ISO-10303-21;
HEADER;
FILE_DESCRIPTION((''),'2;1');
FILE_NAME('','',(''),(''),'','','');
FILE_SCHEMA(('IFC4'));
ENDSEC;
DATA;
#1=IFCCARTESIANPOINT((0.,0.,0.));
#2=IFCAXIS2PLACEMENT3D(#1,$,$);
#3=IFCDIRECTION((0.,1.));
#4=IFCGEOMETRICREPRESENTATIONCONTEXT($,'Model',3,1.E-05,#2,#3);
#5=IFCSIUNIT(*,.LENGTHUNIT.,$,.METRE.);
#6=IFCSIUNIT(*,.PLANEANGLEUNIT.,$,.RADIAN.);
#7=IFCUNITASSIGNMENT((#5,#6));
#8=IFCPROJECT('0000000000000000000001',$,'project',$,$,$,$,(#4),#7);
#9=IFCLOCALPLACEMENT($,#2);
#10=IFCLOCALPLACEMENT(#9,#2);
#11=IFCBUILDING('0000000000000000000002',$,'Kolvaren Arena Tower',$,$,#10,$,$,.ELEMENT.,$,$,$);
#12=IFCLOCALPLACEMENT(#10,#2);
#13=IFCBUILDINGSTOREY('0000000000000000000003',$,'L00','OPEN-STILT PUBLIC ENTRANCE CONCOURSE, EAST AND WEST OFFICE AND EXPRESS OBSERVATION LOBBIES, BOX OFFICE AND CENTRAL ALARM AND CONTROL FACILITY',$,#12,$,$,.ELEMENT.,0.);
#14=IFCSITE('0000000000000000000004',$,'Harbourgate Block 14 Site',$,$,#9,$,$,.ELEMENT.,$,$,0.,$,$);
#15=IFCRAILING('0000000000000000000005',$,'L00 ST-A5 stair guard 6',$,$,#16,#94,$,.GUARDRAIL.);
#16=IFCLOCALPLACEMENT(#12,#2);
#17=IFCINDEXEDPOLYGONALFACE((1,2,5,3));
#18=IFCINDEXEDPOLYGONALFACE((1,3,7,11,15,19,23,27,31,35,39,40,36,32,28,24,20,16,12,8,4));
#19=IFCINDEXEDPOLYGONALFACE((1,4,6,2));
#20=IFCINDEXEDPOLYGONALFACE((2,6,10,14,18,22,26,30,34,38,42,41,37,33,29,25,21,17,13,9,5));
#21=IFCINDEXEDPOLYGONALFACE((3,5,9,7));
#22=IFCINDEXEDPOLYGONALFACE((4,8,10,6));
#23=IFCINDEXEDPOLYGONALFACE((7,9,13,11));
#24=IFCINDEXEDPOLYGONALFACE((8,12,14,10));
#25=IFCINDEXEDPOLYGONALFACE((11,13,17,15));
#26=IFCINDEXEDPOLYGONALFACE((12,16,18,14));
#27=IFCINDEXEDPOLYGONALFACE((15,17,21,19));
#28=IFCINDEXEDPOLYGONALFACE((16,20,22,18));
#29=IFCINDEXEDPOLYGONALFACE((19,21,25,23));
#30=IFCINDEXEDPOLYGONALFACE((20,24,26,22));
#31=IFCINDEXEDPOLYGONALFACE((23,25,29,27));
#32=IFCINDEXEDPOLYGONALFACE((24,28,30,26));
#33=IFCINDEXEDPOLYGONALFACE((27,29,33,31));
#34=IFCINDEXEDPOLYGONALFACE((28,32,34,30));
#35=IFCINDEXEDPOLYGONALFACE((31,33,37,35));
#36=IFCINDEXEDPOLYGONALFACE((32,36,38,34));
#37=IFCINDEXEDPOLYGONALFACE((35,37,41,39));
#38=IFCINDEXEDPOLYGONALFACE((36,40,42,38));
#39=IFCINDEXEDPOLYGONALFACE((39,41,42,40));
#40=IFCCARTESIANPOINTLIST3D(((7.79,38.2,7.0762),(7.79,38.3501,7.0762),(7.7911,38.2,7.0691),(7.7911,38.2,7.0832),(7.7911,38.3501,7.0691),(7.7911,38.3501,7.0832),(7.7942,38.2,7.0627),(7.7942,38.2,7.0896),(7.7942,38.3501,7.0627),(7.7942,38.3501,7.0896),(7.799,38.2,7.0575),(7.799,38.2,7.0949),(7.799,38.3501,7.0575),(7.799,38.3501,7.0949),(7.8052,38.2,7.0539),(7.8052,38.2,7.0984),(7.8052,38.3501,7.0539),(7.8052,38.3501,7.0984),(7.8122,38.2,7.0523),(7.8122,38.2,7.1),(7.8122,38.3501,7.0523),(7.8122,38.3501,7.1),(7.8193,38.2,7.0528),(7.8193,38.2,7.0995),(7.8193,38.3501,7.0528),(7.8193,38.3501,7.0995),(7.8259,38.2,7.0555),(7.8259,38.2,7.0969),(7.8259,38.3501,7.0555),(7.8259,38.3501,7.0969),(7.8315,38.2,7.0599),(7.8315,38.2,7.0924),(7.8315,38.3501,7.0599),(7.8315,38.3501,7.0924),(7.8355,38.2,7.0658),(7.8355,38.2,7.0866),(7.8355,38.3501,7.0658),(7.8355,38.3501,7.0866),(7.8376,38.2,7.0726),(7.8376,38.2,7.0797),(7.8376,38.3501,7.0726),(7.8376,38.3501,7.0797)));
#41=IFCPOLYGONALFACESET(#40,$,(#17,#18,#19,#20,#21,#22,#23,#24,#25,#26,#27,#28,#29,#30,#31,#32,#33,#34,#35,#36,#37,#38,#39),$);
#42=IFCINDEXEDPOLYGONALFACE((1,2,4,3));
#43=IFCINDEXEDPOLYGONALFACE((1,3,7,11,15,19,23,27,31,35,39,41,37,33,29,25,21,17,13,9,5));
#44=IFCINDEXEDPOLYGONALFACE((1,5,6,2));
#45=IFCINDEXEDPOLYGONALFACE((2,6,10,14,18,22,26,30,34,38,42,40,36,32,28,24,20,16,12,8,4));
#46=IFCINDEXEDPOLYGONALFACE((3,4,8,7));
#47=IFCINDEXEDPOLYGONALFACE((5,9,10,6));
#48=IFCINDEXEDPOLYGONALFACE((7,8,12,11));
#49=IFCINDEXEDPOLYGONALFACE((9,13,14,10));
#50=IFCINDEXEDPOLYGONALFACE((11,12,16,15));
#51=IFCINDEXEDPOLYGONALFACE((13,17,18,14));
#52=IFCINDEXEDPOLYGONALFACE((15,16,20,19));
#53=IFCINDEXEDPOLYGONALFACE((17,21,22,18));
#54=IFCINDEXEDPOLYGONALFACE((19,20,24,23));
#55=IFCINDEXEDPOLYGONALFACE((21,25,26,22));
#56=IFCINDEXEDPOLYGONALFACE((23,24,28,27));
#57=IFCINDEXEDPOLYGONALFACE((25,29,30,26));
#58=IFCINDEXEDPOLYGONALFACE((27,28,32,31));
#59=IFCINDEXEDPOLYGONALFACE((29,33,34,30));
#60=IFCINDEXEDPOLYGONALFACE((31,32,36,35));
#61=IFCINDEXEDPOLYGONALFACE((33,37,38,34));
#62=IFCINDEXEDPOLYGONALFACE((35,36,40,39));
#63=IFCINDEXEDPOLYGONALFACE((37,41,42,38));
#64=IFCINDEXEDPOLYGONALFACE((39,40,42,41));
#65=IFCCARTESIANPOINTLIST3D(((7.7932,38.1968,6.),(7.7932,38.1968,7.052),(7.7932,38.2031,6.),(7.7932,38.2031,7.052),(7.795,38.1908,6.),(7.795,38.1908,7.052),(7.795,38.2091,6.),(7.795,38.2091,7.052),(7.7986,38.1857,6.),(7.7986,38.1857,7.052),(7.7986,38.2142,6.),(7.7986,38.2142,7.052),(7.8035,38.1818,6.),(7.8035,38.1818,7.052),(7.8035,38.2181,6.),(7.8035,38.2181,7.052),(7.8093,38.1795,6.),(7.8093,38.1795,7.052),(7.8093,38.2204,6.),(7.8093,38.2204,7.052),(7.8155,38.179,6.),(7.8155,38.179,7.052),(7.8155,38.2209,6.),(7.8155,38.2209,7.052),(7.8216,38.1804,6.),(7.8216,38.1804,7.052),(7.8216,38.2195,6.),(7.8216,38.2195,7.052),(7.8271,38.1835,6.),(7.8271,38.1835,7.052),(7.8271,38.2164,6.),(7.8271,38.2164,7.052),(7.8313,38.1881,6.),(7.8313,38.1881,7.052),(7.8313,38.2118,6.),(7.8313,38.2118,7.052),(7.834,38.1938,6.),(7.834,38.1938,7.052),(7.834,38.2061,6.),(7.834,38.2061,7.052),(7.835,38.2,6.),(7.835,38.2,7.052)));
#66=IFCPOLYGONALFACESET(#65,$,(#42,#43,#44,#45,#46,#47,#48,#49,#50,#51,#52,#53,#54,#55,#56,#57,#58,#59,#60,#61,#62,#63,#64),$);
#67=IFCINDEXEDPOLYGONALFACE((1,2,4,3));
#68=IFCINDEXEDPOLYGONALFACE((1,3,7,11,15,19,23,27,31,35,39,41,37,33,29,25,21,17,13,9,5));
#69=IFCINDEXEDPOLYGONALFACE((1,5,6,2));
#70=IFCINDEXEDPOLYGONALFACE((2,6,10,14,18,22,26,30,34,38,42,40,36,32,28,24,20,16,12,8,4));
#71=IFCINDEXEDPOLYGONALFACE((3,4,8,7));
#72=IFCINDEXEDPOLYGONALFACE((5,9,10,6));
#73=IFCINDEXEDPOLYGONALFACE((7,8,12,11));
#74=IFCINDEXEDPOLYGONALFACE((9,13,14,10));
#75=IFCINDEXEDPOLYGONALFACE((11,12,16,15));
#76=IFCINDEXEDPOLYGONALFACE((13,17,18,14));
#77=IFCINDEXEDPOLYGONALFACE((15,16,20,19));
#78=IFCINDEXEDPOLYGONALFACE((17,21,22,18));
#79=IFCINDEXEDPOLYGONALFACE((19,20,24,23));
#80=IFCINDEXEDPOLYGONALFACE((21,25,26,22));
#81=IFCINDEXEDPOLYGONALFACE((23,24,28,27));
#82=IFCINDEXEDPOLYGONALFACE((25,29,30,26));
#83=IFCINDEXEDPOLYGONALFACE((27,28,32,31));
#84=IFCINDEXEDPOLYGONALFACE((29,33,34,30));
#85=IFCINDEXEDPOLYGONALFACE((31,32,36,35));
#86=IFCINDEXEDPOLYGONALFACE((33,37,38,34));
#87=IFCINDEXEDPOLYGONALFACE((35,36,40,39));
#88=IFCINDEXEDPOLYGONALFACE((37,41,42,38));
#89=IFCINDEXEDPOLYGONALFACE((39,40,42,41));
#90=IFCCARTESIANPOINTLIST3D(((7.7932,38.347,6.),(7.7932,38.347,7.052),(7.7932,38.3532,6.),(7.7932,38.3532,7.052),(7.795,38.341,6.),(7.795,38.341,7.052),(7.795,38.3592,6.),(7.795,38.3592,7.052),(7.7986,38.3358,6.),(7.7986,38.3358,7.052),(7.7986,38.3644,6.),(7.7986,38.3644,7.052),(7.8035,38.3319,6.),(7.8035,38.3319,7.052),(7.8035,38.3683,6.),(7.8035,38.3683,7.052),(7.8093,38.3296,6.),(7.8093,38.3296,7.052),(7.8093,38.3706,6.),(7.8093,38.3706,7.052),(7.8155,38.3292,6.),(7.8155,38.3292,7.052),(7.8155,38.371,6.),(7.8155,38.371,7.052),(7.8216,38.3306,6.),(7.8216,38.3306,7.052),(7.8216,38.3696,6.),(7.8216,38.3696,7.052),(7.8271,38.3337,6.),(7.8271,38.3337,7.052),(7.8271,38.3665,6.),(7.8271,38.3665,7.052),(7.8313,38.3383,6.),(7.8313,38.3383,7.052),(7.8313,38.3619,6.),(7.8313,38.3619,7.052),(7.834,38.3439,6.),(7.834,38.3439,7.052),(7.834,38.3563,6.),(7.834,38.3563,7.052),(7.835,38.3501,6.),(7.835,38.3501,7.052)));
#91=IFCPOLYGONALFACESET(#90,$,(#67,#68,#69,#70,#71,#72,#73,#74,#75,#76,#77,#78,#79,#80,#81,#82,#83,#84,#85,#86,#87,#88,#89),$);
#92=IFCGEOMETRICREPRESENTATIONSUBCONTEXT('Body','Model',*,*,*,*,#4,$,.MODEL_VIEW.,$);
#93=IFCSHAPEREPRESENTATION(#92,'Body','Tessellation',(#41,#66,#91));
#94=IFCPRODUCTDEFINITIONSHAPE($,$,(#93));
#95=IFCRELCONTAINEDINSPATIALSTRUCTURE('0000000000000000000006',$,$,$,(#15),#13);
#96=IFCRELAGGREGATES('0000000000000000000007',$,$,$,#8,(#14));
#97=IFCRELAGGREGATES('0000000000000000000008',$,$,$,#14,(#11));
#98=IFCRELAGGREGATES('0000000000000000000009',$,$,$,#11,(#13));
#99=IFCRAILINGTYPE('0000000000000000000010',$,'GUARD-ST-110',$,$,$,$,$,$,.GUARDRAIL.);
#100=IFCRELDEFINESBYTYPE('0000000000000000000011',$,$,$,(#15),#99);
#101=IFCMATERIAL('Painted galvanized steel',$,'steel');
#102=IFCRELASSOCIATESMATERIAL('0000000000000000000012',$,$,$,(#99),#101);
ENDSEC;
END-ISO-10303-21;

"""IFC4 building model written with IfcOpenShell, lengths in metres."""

from ifc_helpers import new_model, si_unit, direction, frame, origin, origin_2d, place, context, subcontext, project, spatial, circle, extrude, material, type_object, element, save


model = new_model("IFC4")

# Units and contexts
model_context = context("Model", 3, precision=1e-05, world=origin(), true_north=direction((0.0, 1.0)))
body_context = subcontext(model_context, "Body", "Model", "MODEL_VIEW")
ifc_project = project(units=[si_unit("LENGTHUNIT", "METRE"), si_unit("PLANEANGLEUNIT", "RADIAN")], contexts=[model_context])

# Site, building, storey
site_placement = place(None, origin())
site = spatial("IfcSite", under=ifc_project, at=site_placement, Name="Harbourgate Block 14 Site", CompositionType="ELEMENT", RefElevation=0.0)
building_placement = place(site_placement, origin())
building = spatial("IfcBuilding", under=site, at=building_placement, Name="Kolvaren Arena Tower", CompositionType="ELEMENT")
storey_placement = place(building_placement, origin())
storey = spatial("IfcBuildingStorey", under=building, at=storey_placement, Name="L00", Description="OPEN-STILT PUBLIC ENTRANCE CONCOURSE, EAST AND WEST OFFICE AND EXPRESS OBSERVATION LOBBIES, BOX OFFICE AND CENTRAL ALARM AND CONTROL FACILITY", CompositionType="ELEMENT", Elevation=0.0)

# Railing
ifc_material_1 = material(Name="Painted galvanized steel", Category="steel")
railing_type_1 = type_object("IfcRailingType", Name="GUARD-ST-110", PredefinedType="GUARDRAIL", material=ifc_material_1)
railing_1_placement = place(storey_placement, frame((7.814, 38.2, 6.0)))
element("IfcRailing", 1, at=railing_1_placement, inside=storey, type_object=railing_type_1, Name="L00 ST-A5 stair guard 6", PredefinedType="GUARDRAIL", context=body_context, shape_type="SweptSolid", body=[
    extrude(circle(Radius=0.0239, at=origin_2d()), frame((0.0, 0.0, 1.0762), z_axis=(0.0, 1.0, 0.0), x_axis=(-1.0, 0.0, 0.0)), (0.0, 0.0, 1.0), 0.1501),
    extrude(circle(Radius=0.021, at=origin_2d()), origin(), (0.0, 0.0, 1.0), 1.052),
    extrude(circle(Radius=0.021, at=origin_2d()), frame((0.0, 0.1501, 0.0)), (0.0, 0.0, 1.0), 1.052),
])

save(model, "model.ifc")
